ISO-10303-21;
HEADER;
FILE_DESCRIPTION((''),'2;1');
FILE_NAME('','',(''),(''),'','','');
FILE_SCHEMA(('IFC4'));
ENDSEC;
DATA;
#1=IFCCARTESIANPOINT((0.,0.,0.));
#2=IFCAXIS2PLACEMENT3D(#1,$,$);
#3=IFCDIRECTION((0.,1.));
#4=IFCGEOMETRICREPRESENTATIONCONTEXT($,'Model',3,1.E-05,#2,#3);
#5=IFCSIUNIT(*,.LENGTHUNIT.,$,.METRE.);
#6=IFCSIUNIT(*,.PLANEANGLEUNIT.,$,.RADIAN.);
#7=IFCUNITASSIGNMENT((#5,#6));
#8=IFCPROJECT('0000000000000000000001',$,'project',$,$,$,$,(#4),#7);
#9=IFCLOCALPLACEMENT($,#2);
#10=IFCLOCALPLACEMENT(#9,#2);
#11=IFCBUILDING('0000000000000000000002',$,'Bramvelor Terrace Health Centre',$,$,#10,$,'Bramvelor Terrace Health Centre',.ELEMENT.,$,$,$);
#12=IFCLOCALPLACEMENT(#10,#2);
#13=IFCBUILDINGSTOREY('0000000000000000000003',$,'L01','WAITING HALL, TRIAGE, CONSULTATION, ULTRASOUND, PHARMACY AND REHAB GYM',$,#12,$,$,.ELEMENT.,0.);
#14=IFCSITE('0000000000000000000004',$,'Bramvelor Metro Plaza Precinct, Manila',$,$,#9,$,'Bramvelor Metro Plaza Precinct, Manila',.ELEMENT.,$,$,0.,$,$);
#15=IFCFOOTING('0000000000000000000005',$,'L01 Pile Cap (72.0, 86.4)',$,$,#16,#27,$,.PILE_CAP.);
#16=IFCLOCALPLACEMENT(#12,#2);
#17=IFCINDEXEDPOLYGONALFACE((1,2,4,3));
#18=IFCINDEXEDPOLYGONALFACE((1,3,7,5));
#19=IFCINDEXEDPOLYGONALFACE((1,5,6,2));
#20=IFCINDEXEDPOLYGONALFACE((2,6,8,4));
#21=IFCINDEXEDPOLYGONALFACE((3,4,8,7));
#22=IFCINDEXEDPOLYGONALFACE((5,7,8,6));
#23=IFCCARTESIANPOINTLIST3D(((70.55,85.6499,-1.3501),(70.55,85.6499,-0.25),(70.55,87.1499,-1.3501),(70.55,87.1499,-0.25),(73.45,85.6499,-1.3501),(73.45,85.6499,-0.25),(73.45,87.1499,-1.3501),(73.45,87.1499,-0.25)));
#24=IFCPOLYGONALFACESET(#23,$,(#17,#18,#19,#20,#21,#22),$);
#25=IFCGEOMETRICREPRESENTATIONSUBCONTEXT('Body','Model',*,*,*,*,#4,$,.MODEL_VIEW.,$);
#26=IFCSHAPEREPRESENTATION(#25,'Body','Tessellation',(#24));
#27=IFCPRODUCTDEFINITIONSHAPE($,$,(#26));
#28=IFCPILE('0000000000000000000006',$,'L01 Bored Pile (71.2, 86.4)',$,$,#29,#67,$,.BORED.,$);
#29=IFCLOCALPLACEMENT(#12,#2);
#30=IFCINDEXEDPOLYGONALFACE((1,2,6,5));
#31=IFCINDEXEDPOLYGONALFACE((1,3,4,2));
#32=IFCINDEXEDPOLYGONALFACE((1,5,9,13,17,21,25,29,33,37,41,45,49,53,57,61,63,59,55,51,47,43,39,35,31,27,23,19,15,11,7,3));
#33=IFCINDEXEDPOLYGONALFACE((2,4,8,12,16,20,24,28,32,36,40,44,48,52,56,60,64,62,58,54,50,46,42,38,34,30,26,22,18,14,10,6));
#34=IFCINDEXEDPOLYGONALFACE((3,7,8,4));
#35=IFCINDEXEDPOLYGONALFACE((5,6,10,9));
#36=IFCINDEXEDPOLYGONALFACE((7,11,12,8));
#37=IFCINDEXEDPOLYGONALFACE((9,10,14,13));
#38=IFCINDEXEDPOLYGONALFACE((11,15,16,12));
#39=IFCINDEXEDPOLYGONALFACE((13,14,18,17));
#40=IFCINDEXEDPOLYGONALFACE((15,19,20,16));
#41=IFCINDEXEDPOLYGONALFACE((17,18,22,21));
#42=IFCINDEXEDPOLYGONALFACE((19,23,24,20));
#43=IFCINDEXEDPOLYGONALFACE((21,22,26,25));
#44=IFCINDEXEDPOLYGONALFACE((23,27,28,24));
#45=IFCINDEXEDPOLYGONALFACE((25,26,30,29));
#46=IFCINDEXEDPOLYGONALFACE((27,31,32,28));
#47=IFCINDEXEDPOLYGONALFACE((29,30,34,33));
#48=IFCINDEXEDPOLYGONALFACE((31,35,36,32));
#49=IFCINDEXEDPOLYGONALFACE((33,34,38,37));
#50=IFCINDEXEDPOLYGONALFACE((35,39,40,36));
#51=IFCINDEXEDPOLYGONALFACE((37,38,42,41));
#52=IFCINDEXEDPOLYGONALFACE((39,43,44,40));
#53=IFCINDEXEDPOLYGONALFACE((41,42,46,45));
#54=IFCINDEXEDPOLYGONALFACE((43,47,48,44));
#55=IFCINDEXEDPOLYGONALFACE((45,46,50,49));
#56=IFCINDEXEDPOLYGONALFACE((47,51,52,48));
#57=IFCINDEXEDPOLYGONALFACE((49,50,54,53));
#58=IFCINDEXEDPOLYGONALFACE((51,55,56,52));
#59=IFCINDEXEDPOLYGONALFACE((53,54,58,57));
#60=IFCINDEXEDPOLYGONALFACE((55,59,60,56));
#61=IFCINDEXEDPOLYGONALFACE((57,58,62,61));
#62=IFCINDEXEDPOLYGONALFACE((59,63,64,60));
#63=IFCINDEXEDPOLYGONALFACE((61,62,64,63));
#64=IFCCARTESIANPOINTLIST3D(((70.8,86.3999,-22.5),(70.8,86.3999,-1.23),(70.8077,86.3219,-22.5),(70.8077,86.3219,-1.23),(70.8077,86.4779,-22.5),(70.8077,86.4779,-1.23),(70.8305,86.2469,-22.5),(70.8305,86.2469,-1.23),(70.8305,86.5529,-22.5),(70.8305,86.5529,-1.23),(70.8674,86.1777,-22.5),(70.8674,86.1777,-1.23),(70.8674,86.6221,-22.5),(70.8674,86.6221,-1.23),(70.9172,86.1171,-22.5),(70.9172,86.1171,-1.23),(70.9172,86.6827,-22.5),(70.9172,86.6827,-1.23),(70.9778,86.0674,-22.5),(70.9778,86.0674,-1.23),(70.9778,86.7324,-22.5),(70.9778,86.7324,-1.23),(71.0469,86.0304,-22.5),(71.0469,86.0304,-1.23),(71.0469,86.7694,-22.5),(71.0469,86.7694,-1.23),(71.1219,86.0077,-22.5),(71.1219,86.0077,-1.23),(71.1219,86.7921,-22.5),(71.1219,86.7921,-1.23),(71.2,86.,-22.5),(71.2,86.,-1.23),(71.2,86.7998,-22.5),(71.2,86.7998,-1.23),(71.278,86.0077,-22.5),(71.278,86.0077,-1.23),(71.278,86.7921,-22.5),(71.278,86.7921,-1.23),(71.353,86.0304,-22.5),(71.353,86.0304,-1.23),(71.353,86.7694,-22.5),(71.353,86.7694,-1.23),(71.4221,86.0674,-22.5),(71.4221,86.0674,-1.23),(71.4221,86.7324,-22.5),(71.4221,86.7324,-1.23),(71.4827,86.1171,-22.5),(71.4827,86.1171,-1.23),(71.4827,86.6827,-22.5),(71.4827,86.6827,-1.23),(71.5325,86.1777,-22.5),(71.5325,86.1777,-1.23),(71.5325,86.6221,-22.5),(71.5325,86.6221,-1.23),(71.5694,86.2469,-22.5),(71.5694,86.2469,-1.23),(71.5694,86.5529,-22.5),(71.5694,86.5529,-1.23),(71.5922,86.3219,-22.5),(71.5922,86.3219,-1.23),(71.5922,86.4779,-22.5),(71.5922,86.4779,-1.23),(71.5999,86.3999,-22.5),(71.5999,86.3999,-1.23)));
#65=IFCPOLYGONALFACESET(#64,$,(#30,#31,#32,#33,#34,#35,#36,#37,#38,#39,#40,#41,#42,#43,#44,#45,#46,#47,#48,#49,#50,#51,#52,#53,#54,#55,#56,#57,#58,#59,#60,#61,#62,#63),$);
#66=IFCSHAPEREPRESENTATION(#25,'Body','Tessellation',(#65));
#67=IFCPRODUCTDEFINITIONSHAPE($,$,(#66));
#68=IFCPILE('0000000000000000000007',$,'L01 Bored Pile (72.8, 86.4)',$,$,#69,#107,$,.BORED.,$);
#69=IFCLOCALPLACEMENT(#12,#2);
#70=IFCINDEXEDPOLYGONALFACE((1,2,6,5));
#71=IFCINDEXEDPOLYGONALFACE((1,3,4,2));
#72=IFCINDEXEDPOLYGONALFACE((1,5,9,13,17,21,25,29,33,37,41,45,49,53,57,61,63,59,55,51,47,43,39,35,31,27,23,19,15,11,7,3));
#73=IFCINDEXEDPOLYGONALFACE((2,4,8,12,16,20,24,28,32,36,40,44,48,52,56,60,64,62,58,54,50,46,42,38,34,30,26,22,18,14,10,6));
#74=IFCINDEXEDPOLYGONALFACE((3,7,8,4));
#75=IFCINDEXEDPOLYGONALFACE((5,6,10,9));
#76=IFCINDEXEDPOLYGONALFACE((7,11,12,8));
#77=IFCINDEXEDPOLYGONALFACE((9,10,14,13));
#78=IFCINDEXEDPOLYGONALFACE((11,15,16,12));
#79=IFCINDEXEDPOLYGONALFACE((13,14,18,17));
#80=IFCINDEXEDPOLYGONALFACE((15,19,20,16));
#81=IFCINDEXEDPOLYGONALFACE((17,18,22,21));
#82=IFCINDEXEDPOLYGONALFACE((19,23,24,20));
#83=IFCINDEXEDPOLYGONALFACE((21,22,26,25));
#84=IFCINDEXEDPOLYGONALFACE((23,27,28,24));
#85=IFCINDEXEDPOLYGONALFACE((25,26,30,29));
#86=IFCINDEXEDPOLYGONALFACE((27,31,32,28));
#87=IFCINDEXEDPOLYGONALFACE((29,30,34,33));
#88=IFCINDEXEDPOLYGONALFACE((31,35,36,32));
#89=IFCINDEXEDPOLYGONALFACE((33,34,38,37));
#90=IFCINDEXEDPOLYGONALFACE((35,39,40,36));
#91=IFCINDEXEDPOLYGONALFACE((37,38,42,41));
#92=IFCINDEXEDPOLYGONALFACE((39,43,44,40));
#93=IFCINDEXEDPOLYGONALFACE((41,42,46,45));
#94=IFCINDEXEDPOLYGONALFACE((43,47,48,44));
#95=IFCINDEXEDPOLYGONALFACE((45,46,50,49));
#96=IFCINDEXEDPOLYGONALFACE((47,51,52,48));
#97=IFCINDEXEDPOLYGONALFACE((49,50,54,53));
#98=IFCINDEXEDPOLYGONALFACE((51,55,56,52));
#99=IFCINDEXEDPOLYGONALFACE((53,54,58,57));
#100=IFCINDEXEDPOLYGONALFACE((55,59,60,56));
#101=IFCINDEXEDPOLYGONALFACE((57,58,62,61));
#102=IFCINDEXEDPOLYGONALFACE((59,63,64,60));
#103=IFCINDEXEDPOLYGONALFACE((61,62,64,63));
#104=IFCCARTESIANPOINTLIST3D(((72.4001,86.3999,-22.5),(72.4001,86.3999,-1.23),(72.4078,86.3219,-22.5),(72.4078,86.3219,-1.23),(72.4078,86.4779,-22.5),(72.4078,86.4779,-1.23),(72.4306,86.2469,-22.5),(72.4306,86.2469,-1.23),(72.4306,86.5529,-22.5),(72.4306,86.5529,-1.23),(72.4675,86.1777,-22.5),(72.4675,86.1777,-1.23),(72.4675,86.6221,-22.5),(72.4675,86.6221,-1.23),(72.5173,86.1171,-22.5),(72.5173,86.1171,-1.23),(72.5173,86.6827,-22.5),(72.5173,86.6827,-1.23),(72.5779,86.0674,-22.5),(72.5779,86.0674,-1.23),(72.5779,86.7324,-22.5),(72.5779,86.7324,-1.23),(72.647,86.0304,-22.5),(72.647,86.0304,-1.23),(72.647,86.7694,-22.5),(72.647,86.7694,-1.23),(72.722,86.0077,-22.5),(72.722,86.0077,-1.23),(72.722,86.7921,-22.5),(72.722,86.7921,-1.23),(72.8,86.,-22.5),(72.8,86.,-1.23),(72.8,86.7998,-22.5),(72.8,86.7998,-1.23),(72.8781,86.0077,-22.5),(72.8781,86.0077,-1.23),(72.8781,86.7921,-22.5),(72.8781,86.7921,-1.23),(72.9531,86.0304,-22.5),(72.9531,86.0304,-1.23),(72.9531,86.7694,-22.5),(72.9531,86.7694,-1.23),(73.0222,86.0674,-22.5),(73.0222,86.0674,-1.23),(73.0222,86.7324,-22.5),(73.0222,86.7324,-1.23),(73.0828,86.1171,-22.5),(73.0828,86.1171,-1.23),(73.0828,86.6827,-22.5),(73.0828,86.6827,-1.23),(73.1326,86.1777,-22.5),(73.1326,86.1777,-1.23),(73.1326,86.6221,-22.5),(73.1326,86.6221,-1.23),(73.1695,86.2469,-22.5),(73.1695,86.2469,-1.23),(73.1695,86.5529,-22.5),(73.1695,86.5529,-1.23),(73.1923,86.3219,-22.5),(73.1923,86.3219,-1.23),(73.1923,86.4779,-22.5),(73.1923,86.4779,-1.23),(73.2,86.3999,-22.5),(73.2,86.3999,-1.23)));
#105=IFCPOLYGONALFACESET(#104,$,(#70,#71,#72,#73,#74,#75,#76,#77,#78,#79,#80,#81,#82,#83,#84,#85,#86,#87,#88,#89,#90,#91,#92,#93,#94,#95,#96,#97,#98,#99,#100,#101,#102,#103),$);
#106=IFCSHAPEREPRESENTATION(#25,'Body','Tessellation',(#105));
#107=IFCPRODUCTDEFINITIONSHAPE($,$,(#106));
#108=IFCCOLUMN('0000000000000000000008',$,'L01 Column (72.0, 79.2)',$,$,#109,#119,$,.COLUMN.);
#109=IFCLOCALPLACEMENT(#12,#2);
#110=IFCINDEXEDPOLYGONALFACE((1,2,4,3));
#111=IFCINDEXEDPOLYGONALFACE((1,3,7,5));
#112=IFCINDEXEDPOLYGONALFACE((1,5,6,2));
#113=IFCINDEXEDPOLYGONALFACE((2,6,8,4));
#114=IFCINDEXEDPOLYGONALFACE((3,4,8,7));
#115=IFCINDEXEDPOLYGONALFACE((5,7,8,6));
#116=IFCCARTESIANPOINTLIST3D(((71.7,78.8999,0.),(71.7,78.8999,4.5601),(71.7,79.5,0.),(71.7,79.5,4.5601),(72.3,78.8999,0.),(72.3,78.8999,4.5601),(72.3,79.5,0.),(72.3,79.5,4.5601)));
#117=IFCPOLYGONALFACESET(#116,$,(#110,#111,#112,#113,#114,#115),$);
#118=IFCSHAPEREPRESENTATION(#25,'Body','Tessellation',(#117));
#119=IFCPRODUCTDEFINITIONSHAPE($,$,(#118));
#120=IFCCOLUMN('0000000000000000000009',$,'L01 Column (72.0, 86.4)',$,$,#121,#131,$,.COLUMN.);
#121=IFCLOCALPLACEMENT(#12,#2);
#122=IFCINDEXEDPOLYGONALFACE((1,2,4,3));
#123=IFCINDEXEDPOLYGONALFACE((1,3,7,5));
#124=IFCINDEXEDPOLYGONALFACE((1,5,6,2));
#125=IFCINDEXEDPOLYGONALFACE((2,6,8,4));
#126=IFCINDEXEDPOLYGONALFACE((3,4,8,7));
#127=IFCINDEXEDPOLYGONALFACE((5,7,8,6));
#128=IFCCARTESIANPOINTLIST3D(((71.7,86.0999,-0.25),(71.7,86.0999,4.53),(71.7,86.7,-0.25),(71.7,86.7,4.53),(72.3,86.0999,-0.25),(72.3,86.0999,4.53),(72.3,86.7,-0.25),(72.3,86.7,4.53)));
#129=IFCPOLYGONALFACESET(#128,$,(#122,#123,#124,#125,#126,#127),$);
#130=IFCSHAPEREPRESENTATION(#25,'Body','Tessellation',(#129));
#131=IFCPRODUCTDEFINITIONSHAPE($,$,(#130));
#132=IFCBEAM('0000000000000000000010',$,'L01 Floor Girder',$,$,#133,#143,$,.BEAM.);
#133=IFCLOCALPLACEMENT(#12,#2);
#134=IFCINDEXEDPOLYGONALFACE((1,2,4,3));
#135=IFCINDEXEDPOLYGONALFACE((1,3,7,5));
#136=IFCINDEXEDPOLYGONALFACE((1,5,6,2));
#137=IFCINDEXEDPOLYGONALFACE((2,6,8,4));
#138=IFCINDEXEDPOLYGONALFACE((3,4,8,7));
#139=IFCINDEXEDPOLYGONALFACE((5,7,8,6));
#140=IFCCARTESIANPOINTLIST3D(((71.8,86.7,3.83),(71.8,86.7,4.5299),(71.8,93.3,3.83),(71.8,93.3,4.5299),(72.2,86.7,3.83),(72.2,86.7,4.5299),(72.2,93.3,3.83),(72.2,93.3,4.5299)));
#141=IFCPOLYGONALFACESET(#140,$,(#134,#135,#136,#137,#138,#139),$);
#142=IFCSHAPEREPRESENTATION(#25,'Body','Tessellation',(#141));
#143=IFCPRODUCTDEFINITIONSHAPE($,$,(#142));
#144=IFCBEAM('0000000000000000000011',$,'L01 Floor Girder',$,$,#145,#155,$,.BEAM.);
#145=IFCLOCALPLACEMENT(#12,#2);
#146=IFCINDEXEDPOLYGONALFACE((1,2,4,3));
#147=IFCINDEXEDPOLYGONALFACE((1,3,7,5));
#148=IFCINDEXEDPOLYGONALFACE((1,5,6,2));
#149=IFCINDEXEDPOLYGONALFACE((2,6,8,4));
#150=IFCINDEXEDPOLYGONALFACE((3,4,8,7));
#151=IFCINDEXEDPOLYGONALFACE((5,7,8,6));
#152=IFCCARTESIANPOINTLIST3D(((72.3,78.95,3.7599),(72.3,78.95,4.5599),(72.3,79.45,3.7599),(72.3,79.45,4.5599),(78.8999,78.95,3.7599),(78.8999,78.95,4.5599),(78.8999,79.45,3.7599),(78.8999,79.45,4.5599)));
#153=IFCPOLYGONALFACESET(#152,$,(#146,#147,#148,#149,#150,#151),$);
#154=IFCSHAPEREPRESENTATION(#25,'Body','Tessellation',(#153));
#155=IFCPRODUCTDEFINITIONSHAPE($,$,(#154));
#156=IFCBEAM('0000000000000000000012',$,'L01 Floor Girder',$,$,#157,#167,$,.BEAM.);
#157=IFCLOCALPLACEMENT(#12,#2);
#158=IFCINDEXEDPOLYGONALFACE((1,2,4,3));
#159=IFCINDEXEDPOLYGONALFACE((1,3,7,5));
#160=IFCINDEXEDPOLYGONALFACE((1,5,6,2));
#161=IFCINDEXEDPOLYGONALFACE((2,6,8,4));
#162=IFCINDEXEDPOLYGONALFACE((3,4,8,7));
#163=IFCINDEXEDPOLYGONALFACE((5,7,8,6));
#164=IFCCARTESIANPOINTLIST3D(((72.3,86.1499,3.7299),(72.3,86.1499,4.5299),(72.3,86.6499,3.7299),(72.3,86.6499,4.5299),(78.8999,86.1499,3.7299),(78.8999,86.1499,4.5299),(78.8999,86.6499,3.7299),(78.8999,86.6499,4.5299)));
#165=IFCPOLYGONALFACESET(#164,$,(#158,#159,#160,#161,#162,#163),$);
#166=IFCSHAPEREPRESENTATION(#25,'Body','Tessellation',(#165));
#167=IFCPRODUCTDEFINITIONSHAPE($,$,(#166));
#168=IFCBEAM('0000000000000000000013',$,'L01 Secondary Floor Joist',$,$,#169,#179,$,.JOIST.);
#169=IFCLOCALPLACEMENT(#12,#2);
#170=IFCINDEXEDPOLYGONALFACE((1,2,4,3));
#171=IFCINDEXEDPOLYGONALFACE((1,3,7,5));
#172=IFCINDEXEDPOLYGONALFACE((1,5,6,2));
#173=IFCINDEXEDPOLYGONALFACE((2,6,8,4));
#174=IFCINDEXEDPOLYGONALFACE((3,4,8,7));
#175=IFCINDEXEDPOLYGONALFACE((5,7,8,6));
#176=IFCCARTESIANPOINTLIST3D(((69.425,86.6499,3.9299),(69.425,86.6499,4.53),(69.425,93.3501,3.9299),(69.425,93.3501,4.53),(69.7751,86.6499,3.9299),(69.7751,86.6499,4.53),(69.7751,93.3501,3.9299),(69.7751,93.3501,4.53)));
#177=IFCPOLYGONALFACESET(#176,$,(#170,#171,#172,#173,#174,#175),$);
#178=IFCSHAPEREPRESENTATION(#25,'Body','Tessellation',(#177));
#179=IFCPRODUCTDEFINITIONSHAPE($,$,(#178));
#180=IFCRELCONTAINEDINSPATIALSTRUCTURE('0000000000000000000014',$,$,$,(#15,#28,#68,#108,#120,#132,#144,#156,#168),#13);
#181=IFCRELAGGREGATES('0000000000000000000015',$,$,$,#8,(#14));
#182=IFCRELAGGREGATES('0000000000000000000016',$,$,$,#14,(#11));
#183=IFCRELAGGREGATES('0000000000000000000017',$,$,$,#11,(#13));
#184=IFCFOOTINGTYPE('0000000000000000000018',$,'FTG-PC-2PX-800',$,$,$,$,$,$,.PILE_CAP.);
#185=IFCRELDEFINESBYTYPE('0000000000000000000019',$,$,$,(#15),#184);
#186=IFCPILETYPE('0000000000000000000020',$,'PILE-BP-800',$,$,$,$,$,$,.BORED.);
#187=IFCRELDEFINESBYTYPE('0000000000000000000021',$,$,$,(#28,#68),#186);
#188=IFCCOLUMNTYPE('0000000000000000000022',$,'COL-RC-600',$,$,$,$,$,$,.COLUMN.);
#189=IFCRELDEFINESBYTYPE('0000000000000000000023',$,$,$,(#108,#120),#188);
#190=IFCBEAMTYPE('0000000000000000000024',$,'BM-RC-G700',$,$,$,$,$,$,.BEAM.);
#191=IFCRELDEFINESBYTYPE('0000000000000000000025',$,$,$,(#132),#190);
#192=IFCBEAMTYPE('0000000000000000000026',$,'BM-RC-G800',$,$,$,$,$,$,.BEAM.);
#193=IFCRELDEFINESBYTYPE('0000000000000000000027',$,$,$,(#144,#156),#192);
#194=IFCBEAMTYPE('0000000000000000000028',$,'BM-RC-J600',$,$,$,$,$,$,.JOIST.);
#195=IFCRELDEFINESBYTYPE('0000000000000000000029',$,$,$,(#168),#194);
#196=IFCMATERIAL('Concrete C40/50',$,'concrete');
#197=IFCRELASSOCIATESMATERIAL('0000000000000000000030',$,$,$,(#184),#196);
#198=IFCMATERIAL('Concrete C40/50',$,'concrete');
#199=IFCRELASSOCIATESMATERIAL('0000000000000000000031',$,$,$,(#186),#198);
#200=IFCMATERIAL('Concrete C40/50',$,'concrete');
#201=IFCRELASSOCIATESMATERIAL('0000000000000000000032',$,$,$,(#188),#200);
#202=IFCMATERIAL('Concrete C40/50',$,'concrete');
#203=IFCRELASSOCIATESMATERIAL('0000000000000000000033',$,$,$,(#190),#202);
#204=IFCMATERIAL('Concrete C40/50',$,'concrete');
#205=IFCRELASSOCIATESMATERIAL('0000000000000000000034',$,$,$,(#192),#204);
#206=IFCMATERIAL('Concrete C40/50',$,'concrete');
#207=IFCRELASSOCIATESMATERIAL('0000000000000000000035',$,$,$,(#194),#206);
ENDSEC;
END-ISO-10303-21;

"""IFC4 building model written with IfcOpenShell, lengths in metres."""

from ifc_helpers import new_model, si_unit, direction, frame, origin, origin_2d, place, context, subcontext, project, spatial, rectangle, circle, extrude, material, material_profile, profile_set, type_object, element, save


model = new_model("IFC4")

# Units and contexts
model_context = context("Model", 3, precision=1e-05, world=origin(), true_north=direction((0.0, 1.0)))
body_context = subcontext(model_context, "Body", "Model", "MODEL_VIEW")
ifc_project = project(units=[si_unit("LENGTHUNIT", "METRE"), si_unit("PLANEANGLEUNIT", "RADIAN")], contexts=[model_context])

# Site, building, storey
site_placement = place(None, origin())
site = spatial("IfcSite", under=ifc_project, at=site_placement, Name="Bramvelor Metro Plaza Precinct, Manila", LongName="Bramvelor Metro Plaza Precinct, Manila", CompositionType="ELEMENT", RefElevation=0.0)
building_placement = place(site_placement, origin())
building = spatial("IfcBuilding", under=site, at=building_placement, Name="Bramvelor Terrace Health Centre", LongName="Bramvelor Terrace Health Centre", CompositionType="ELEMENT")
storey_placement = place(building_placement, origin())
storey = spatial("IfcBuildingStorey", under=building, at=storey_placement, Name="L01", Description="WAITING HALL, TRIAGE, CONSULTATION, ULTRASOUND, PHARMACY AND REHAB GYM", CompositionType="ELEMENT", Elevation=0.0)

# Footing
ifc_material_1 = material(Name="Concrete C40/50", Category="concrete")
footing_type = type_object("IfcFootingType", Name="FTG-PC-2PX-800", PredefinedType="PILE_CAP", material=ifc_material_1)
footing_placement = place(storey_placement, frame((72.0, 86.3999, -1.3501), z_axis=(0.0, 0.0, 1.0), x_axis=(1.0, 0.0, 0.0)))
element("IfcFooting", 1, at=footing_placement, inside=storey, type_object=footing_type, Name="L01 Pile Cap (72.0, 86.4)", PredefinedType="PILE_CAP", context=body_context, shape_type="SweptSolid", body=[
    extrude(rectangle(XDim=2.8999, YDim=1.5, at=origin_2d()), origin(), (0.0, 0.0, 1.0), 1.1001),
])

# Piles
ifc_material_2 = material(Name="Concrete C40/50", Category="concrete")
ifc_material_profile_1 = material_profile(ifc_material_2, circle(Radius=0.3999, at=origin_2d()), Name="BP D800")
ifc_profile_set_1 = profile_set([ifc_material_profile_1], Name="Concrete C40/50")
pile_type = type_object("IfcPileType", Name="PILE-BP-800", PredefinedType="BORED", material=ifc_profile_set_1)
for number, where, z_axis, x_axis, name in (
    (2, (71.2, 86.3999, -1.23), (0.0, 0.0, -1.0), (1.0, 0.0, 0.0), "L01 Bored Pile (71.2, 86.4)"),
    (3, (72.8, 86.3999, -1.23), (0.0, 0.0, -1.0), (1.0, 0.0, 0.0), "L01 Bored Pile (72.8, 86.4)"),
):
    element("IfcPile", number, at=place(storey_placement, frame(where, z_axis=z_axis, x_axis=x_axis)), inside=storey, type_object=pile_type, Name=name, PredefinedType="BORED", context=body_context, shape_type="SweptSolid", body=[
        extrude(circle(Radius=0.3999, at=origin_2d()), origin(), (0.0, 0.0, 1.0), 21.27),
    ])

# Columns
ifc_material_3 = material(Name="Concrete C40/50", Category="concrete")
ifc_material_profile_2 = material_profile(ifc_material_3, rectangle(XDim=0.6001, YDim=0.6001, at=origin_2d()), Name="RC 600x600")
ifc_profile_set_2 = profile_set([ifc_material_profile_2], Name="Concrete C40/50")
column_type = type_object("IfcColumnType", Name="COL-RC-600", PredefinedType="COLUMN", material=ifc_profile_set_2)
column_1_placement = place(storey_placement, frame((72.0, 79.2, 0.0), z_axis=(0.0, 0.0, 1.0), x_axis=(1.0, 0.0, 0.0)))
element("IfcColumn", 4, at=column_1_placement, inside=storey, type_object=column_type, Name="L01 Column (72.0, 79.2)", PredefinedType="COLUMN", context=body_context, shape_type="SweptSolid", body=[
    extrude(rectangle(XDim=0.6001, YDim=0.6001, at=origin_2d()), origin(), (0.0, 0.0, 1.0), 4.5601),
])
column_2_placement = place(storey_placement, frame((72.0, 86.3999, -0.25), z_axis=(0.0, 0.0, 1.0), x_axis=(1.0, 0.0, 0.0)))
element("IfcColumn", 5, at=column_2_placement, inside=storey, type_object=column_type, Name="L01 Column (72.0, 86.4)", PredefinedType="COLUMN", context=body_context, shape_type="SweptSolid", body=[
    extrude(rectangle(XDim=0.6001, YDim=0.6001, at=origin_2d()), origin(), (0.0, 0.0, 1.0), 4.78),
])

# Beams
ifc_material_4 = material(Name="Concrete C40/50", Category="concrete")
ifc_material_profile_3 = material_profile(ifc_material_4, rectangle(XDim=0.3999, YDim=0.7, at=origin_2d()), Name="RC 400x700")
ifc_profile_set_3 = profile_set([ifc_material_profile_3], Name="Concrete C40/50")
beam_type_1 = type_object("IfcBeamType", Name="BM-RC-G700", PredefinedType="BEAM", material=ifc_profile_set_3)
beam_1_placement = place(storey_placement, frame((72.0, 86.7, 4.1799), z_axis=(0.0, 1.0, 0.0), x_axis=(-1.0, 0.0, 0.0)))
element("IfcBeam", 6, at=beam_1_placement, inside=storey, type_object=beam_type_1, Name="L01 Floor Girder", PredefinedType="BEAM", context=body_context, shape_type="SweptSolid", body=[
    extrude(rectangle(XDim=0.3999, YDim=0.7, at=origin_2d()), origin(), (0.0, 0.0, 1.0), 6.6001),
])
ifc_material_5 = material(Name="Concrete C40/50", Category="concrete")
ifc_material_profile_4 = material_profile(ifc_material_5, rectangle(XDim=0.5, YDim=0.8, at=origin_2d()), Name="RC 500x800")
ifc_profile_set_4 = profile_set([ifc_material_profile_4], Name="Concrete C40/50")
beam_type_2 = type_object("IfcBeamType", Name="BM-RC-G800", PredefinedType="BEAM", material=ifc_profile_set_4)
for number, where, z_axis, x_axis, name in (
    (7, (72.3, 79.2, 4.1599), (1.0, 0.0, 0.0), (0.0, 1.0, 0.0), "L01 Floor Girder"),
    (8, (72.3, 86.3999, 4.1299), (1.0, 0.0, 0.0), (0.0, 1.0, 0.0), "L01 Floor Girder"),
):
    element("IfcBeam", number, at=place(storey_placement, frame(where, z_axis=z_axis, x_axis=x_axis)), inside=storey, type_object=beam_type_2, Name=name, PredefinedType="BEAM", context=body_context, shape_type="SweptSolid", body=[
        extrude(rectangle(XDim=0.5, YDim=0.8, at=origin_2d()), origin(), (0.0, 0.0, 1.0), 6.5999),
    ])
ifc_material_6 = material(Name="Concrete C40/50", Category="concrete")
ifc_material_profile_5 = material_profile(ifc_material_6, rectangle(XDim=0.3501, YDim=0.6001, at=origin_2d()), Name="RC 350x600")
ifc_profile_set_5 = profile_set([ifc_material_profile_5], Name="Concrete C40/50")
beam_type_3 = type_object("IfcBeamType", Name="BM-RC-J600", PredefinedType="JOIST", material=ifc_profile_set_5)
beam_2_placement = place(storey_placement, frame((69.6001, 86.6499, 4.23), z_axis=(0.0, 1.0, 0.0), x_axis=(-1.0, 0.0, 0.0)))
element("IfcBeam", 9, at=beam_2_placement, inside=storey, type_object=beam_type_3, Name="L01 Secondary Floor Joist", PredefinedType="JOIST", context=body_context, shape_type="SweptSolid", body=[
    extrude(rectangle(XDim=0.3501, YDim=0.6001, at=origin_2d()), origin(), (0.0, 0.0, 1.0), 6.7002),
])

save(model, "model.ifc")
